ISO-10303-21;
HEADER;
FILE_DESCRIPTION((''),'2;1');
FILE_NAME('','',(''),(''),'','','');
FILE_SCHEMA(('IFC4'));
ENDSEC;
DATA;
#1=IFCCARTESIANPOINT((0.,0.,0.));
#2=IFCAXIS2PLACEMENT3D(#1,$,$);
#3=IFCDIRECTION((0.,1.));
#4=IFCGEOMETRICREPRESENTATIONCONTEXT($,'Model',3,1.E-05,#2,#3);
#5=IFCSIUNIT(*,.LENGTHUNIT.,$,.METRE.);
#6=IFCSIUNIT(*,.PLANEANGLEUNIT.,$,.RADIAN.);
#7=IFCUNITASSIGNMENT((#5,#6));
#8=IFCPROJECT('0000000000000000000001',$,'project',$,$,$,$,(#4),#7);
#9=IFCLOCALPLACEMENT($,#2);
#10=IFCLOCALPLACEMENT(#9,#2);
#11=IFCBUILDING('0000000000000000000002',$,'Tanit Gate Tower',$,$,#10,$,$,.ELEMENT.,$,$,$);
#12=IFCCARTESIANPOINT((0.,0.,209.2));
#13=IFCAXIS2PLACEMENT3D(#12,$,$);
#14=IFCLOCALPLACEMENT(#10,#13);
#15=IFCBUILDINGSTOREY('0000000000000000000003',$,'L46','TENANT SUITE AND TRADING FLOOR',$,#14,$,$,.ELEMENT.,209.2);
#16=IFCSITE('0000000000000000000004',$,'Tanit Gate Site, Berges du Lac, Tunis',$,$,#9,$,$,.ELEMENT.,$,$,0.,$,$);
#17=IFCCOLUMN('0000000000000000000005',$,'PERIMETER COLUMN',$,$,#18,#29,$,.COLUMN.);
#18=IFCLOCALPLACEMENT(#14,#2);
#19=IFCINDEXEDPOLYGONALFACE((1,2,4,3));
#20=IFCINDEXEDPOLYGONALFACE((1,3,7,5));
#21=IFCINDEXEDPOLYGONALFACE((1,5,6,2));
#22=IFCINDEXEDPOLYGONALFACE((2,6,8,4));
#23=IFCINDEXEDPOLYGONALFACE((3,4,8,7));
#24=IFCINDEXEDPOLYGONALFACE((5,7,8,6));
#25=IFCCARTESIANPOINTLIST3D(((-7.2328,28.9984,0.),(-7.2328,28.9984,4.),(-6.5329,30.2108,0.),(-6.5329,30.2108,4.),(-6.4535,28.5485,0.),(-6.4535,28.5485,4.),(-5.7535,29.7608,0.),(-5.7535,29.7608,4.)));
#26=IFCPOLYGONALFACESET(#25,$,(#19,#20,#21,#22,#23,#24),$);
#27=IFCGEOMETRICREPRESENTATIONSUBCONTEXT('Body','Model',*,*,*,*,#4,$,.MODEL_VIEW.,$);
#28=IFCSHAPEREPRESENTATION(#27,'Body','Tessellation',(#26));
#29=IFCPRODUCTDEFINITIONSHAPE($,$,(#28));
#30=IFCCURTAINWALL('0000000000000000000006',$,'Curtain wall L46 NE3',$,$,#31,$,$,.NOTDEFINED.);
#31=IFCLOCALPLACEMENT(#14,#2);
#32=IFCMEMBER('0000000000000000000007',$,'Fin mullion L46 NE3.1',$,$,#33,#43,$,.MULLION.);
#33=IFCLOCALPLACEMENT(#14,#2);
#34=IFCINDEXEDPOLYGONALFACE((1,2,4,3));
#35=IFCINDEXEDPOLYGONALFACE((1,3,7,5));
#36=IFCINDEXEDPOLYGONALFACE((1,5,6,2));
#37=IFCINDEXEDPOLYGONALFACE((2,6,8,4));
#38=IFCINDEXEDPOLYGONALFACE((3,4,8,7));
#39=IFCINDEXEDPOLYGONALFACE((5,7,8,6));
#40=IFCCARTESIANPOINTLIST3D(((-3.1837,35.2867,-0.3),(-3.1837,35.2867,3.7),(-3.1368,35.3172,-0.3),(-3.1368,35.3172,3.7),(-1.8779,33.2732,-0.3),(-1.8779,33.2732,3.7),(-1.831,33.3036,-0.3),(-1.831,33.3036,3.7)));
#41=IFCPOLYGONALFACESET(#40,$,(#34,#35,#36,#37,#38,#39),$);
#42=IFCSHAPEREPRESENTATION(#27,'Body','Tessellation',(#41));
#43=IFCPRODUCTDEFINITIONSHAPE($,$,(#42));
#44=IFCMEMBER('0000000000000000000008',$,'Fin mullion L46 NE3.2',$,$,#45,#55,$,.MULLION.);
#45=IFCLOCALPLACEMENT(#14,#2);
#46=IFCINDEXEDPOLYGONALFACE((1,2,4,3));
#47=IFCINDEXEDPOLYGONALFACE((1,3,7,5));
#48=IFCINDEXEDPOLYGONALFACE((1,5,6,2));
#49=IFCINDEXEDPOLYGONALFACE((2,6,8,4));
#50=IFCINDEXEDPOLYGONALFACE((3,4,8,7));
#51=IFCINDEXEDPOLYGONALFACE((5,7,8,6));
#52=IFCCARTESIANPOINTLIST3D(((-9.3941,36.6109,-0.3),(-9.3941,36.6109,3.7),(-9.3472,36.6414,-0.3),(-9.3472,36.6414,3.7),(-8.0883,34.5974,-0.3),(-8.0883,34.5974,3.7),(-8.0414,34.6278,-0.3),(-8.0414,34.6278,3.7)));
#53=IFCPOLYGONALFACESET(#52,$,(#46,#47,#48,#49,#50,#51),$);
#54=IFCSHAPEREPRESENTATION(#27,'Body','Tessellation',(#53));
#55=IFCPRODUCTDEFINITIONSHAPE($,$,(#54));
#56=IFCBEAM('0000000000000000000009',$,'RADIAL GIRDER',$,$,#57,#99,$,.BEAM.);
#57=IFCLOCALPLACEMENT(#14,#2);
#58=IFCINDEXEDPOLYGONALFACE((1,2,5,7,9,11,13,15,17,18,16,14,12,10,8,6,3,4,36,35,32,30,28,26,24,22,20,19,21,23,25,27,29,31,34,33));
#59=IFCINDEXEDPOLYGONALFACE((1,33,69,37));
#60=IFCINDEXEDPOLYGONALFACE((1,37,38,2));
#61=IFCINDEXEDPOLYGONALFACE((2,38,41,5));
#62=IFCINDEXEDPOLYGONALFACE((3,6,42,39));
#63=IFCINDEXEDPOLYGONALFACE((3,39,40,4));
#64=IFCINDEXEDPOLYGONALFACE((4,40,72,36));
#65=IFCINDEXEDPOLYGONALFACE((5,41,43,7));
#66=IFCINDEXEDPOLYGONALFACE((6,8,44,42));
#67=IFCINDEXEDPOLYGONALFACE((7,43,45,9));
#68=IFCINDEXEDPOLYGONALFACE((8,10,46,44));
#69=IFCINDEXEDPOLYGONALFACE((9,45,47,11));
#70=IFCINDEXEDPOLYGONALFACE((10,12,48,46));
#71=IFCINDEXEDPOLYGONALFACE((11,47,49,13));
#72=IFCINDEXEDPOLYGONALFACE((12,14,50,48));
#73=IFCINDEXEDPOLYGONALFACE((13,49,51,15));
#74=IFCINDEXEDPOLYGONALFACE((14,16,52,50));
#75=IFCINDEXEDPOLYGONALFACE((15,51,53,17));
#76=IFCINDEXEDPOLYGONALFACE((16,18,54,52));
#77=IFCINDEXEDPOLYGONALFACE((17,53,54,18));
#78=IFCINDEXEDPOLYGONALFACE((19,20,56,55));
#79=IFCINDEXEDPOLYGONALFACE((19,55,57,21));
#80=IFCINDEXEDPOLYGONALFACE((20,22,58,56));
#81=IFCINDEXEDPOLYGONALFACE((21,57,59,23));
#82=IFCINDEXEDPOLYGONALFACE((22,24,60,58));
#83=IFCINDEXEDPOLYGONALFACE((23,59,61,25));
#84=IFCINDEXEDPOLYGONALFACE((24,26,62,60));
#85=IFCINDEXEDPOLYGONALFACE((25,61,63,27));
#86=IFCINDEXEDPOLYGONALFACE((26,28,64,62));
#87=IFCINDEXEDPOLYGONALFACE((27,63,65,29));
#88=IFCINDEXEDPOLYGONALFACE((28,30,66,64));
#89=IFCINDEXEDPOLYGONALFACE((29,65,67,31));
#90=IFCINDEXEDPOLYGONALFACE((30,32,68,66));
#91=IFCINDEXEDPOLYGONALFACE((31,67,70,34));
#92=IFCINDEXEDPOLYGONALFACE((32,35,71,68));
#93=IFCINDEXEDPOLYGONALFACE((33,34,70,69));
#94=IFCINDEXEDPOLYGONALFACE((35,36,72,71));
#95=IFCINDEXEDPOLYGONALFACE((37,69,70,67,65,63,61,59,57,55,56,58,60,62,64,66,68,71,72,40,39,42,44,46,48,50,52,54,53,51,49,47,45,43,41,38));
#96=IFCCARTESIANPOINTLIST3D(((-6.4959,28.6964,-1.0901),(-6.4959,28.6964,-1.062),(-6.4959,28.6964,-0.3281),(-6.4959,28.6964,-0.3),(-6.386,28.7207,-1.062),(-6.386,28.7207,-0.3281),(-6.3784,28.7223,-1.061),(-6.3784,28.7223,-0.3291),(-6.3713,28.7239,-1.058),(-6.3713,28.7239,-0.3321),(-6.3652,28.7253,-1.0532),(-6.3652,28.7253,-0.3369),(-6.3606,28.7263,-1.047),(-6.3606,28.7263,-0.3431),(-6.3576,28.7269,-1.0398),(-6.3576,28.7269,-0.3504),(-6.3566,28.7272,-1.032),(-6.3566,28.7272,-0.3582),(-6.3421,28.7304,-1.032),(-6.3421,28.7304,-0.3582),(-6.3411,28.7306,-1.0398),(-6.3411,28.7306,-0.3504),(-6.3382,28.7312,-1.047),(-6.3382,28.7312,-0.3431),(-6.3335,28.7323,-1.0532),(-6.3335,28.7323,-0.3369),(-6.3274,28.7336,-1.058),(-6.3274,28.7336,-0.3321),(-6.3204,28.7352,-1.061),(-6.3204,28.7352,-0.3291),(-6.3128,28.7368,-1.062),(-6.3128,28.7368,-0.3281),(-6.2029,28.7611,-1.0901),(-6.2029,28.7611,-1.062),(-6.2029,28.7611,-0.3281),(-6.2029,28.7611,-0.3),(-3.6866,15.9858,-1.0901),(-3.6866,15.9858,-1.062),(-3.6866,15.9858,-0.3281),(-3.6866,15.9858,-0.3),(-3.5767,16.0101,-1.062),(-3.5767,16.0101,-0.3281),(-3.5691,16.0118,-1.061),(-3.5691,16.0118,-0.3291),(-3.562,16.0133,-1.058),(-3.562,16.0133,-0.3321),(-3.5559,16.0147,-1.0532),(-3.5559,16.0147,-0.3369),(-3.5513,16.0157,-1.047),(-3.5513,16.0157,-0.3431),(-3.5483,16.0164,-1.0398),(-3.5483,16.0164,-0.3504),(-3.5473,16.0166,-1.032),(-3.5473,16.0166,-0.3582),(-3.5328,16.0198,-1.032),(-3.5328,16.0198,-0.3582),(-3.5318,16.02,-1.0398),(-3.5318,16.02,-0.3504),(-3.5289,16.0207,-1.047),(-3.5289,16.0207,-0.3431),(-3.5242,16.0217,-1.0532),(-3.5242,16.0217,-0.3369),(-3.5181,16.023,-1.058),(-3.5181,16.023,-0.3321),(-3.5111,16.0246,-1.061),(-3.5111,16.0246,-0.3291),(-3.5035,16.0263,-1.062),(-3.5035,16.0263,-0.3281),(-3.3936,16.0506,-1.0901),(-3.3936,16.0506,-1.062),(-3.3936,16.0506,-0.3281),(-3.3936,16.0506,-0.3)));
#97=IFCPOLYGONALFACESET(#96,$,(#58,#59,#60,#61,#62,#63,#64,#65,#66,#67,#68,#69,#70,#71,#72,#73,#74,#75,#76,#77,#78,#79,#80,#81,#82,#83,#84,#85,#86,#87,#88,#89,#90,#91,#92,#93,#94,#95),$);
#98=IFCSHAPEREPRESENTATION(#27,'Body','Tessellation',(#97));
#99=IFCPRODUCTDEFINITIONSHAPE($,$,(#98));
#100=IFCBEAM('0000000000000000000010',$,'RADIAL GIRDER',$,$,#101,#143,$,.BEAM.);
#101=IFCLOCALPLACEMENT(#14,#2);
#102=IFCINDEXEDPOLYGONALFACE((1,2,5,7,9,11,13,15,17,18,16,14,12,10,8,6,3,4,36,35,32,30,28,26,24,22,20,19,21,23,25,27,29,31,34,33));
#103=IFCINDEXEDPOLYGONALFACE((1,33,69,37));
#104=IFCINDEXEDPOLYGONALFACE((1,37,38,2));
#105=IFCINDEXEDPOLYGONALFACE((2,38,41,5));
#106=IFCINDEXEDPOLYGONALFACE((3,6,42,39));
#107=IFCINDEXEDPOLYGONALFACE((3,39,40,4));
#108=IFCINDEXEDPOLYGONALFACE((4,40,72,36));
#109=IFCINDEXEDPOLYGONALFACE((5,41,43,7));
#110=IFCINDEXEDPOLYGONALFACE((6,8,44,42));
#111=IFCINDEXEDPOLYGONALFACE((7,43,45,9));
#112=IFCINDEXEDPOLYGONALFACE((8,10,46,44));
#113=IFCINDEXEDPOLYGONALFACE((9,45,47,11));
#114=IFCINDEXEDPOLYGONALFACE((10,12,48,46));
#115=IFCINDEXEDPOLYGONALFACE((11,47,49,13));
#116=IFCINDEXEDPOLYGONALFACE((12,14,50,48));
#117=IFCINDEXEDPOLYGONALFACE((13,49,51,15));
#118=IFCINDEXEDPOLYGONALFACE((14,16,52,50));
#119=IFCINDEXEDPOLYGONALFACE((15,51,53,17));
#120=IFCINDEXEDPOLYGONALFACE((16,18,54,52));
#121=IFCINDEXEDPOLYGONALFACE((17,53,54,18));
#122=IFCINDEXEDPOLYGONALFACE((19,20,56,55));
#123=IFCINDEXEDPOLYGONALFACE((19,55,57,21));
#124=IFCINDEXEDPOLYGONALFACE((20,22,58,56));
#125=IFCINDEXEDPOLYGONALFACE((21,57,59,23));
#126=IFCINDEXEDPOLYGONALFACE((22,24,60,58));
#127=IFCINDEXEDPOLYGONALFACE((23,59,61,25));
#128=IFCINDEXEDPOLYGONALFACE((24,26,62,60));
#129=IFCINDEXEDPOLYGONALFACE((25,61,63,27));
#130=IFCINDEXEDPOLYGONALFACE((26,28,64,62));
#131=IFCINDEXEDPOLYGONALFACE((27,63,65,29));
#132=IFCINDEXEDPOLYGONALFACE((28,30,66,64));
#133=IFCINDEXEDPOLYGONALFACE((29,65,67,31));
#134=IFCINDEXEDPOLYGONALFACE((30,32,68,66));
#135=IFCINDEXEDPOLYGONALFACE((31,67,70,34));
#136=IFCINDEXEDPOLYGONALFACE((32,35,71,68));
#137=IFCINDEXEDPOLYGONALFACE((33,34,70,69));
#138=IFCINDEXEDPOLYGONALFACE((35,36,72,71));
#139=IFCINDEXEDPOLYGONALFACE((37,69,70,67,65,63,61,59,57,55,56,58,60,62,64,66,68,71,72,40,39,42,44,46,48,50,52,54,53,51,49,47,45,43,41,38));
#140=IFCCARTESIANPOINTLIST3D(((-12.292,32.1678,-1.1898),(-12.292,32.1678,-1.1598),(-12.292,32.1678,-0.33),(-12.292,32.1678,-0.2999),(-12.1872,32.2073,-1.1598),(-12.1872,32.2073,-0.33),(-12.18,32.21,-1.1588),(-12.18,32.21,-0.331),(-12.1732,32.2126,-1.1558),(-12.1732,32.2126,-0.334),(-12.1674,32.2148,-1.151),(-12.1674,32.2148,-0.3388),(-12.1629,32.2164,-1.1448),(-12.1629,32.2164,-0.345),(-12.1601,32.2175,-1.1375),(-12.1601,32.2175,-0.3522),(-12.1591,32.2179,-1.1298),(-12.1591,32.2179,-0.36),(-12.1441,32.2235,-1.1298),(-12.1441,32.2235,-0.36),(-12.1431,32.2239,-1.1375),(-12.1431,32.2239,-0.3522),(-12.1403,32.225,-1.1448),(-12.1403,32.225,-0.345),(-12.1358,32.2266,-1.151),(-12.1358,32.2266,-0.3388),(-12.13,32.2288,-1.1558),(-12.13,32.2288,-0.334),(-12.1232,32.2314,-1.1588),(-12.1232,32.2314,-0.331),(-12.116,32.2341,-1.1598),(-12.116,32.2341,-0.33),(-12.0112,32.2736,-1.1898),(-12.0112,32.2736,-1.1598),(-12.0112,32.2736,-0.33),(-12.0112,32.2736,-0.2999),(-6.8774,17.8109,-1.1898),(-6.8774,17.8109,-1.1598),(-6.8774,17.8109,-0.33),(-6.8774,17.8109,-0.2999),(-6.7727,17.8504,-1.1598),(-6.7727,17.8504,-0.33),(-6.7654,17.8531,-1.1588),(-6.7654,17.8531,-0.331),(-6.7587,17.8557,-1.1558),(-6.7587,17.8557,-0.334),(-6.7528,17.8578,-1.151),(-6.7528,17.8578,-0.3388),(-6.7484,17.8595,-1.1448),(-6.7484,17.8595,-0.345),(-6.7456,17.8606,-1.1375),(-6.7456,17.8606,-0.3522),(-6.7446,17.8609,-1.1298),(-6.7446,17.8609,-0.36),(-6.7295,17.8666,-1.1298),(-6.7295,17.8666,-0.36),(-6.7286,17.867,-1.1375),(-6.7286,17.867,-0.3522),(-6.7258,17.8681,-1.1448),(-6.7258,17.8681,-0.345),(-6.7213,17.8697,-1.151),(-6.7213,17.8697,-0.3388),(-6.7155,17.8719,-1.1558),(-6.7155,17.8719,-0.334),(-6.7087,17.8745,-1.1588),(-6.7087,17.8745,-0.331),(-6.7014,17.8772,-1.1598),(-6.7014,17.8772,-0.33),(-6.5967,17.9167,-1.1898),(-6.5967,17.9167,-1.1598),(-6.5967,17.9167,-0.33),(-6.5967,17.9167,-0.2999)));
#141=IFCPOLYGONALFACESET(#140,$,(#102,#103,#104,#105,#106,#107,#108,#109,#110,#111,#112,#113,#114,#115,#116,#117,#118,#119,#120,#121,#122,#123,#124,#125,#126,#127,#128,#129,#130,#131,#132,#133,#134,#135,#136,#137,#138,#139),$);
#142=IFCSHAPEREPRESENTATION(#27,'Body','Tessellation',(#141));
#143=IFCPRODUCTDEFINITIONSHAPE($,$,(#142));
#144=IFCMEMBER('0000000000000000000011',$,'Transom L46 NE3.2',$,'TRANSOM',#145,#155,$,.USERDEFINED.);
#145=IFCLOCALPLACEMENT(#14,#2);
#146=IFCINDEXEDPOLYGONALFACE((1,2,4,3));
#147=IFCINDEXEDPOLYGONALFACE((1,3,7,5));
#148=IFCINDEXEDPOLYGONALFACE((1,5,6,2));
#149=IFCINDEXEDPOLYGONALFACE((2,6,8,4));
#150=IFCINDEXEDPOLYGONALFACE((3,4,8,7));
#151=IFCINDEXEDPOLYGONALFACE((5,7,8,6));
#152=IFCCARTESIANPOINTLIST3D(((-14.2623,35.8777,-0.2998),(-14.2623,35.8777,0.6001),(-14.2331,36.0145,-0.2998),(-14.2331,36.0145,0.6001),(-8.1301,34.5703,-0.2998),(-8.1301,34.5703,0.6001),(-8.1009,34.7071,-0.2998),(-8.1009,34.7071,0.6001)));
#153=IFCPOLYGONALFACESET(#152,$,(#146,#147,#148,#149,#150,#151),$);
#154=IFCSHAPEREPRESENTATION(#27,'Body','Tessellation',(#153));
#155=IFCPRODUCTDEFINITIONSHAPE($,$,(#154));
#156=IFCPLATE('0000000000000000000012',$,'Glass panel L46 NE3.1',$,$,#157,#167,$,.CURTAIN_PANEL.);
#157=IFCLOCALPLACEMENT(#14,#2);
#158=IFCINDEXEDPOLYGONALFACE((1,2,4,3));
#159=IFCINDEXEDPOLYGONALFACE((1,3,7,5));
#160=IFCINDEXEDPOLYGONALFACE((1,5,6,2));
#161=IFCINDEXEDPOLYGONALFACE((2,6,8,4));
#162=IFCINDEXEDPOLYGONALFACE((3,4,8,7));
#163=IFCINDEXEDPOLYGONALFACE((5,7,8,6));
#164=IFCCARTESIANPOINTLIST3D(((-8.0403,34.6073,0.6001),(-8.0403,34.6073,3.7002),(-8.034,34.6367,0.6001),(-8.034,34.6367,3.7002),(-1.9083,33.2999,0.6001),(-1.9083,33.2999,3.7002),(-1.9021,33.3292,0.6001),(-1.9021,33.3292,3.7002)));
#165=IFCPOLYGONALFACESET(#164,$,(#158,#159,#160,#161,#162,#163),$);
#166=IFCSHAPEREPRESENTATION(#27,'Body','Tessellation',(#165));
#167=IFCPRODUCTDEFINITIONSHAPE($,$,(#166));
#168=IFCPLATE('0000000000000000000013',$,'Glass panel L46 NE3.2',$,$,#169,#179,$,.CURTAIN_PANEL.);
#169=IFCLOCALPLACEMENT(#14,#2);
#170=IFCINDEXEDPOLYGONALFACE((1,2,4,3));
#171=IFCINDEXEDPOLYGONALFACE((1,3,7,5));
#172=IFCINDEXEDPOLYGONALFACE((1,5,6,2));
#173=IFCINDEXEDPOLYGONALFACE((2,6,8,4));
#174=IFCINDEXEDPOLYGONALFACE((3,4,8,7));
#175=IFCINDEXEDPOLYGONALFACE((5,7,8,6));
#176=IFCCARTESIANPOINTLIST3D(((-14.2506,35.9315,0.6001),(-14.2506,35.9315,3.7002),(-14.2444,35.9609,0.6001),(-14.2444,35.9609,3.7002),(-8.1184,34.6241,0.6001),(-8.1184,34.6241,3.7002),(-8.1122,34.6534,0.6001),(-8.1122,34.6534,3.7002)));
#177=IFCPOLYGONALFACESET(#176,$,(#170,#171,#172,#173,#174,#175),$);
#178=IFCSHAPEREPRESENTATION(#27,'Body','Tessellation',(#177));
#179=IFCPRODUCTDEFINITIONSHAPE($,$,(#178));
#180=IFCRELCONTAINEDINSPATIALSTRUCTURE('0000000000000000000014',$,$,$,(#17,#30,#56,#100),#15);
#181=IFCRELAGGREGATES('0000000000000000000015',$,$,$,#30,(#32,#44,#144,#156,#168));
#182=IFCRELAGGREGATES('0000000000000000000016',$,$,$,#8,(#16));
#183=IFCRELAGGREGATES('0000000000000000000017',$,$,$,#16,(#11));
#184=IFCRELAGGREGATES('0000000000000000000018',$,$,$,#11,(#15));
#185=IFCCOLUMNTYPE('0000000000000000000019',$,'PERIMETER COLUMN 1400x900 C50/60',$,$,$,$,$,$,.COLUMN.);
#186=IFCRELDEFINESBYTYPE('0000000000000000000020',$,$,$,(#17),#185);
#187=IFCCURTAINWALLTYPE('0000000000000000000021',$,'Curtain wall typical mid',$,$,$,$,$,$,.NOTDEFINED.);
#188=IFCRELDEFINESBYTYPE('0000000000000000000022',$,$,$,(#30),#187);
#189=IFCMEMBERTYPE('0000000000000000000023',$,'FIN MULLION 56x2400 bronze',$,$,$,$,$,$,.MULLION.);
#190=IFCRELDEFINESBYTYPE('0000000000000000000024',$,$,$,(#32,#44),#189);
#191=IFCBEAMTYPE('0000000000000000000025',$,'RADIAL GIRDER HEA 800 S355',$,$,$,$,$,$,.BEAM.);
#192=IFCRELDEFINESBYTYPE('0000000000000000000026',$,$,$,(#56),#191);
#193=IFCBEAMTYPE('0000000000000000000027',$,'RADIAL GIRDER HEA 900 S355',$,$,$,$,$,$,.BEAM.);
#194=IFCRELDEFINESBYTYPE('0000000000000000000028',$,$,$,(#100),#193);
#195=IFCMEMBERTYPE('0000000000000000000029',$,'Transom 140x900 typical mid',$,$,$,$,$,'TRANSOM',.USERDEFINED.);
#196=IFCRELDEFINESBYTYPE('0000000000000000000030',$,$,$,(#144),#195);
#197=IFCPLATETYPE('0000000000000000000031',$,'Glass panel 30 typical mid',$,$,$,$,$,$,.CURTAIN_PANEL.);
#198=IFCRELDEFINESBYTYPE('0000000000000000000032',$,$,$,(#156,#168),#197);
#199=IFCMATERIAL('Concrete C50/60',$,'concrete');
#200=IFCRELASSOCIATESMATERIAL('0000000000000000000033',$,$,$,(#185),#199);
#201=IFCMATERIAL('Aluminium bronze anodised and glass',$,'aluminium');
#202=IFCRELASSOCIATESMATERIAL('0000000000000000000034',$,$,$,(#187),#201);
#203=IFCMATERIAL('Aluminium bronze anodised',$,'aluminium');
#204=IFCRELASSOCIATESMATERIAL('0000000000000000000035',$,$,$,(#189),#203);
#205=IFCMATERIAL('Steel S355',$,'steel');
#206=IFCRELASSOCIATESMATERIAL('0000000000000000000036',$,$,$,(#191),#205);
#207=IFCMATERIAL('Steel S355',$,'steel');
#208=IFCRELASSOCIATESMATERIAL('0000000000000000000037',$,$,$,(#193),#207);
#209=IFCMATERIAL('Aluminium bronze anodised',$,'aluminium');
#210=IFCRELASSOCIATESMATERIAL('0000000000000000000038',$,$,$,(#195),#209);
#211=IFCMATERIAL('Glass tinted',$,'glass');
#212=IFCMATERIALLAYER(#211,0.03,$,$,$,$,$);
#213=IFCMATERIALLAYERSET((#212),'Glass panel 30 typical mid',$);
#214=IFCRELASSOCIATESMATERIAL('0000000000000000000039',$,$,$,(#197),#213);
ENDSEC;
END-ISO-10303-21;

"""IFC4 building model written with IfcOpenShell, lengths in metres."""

from ifc_helpers import new_model, si_unit, direction, frame, origin, origin_2d, place, context, subcontext, project, spatial, rectangle, i_section, extrude, material, layer, layer_set, material_profile, profile_set, type_object, element, aggregate, save


model = new_model("IFC4")

# Units and contexts
model_context = context("Model", 3, precision=1e-05, world=origin(), true_north=direction((0.0, 1.0)))
body_context = subcontext(model_context, "Body", "Model", "MODEL_VIEW")
ifc_project = project(units=[si_unit("LENGTHUNIT", "METRE"), si_unit("PLANEANGLEUNIT", "RADIAN")], contexts=[model_context])

# Site, building, storey
site_placement = place(None, origin())
site = spatial("IfcSite", under=ifc_project, at=site_placement, Name="Tanit Gate Site, Berges du Lac, Tunis", CompositionType="ELEMENT", RefElevation=0.0)
building_placement = place(site_placement, origin())
building = spatial("IfcBuilding", under=site, at=building_placement, Name="Tanit Gate Tower", CompositionType="ELEMENT")
storey_placement = place(building_placement, frame((0.0, 0.0, 209.2)))
storey = spatial("IfcBuildingStorey", under=building, at=storey_placement, Name="L46", Description="TENANT SUITE AND TRADING FLOOR", CompositionType="ELEMENT", Elevation=209.2)

# Column
ifc_material_1 = material(Name="Concrete C50/60", Category="concrete")
ifc_material_profile_1 = material_profile(ifc_material_1, rectangle(XDim=1.3999, YDim=0.8999, at=origin_2d()), Name="RC 1400x900")
ifc_profile_set_1 = profile_set([ifc_material_profile_1], Name="Concrete C50/60")
column_type = type_object("IfcColumnType", Name="PERIMETER COLUMN 1400x900 C50/60", PredefinedType="COLUMN", material=ifc_profile_set_1)
column_placement = place(storey_placement, frame((-6.4932, 29.3796, 0.0), z_axis=(0.0, 0.0, 1.0), x_axis=(0.5, 0.866025, 0.0)))
element("IfcColumn", 1, at=column_placement, inside=storey, type_object=column_type, Name="PERIMETER COLUMN", PredefinedType="COLUMN", context=body_context, shape_type="SweptSolid", body=[
    extrude(rectangle(XDim=1.3999, YDim=0.8999, at=origin_2d()), origin(), (0.0, 0.0, 1.0), 4.0),
])

# Curtain wall, members
ifc_material_2 = material(Name="Aluminium bronze anodised and glass", Category="aluminium")
curtain_wall_type = type_object("IfcCurtainWallType", Name="Curtain wall typical mid", PredefinedType="NOTDEFINED", material=ifc_material_2)
curtain_wall_placement = place(storey_placement, origin())
curtain_wall = element("IfcCurtainWall", 2, at=curtain_wall_placement, inside=storey, type_object=curtain_wall_type, Name="Curtain wall L46 NE3", PredefinedType="NOTDEFINED")
ifc_material_3 = material(Name="Aluminium bronze anodised", Category="aluminium")
ifc_material_profile_2 = material_profile(ifc_material_3, rectangle(XDim=2.3999, YDim=0.0559, at=origin_2d()), Name="56x2400 bronze fin mullion")
ifc_profile_set_2 = profile_set([ifc_material_profile_2], Name="Aluminium bronze anodised")
member_type_1 = type_object("IfcMemberType", Name="FIN MULLION 56x2400 bronze", PredefinedType="MULLION", material=ifc_profile_set_2)
member_1_placement = place(storey_placement, frame((-2.5073, 34.2952, -0.3), z_axis=(0.0, 0.0, 1.0), x_axis=(0.544112, -0.839013, 0.0)))
member_1 = element("IfcMember", 3, at=member_1_placement, type_object=member_type_1, Name="Fin mullion L46 NE3.1", PredefinedType="MULLION", context=body_context, shape_type="SweptSolid", body=[
    extrude(rectangle(XDim=2.3999, YDim=0.0559, at=origin_2d()), origin(), (0.0, 0.0, 1.0), 4.0),
])
member_2_placement = place(storey_placement, frame((-8.7178, 35.6194, -0.3), z_axis=(0.0, 0.0, 1.0), x_axis=(0.544112, -0.839013, 0.0)))
member_2 = element("IfcMember", 4, at=member_2_placement, type_object=member_type_1, Name="Fin mullion L46 NE3.2", PredefinedType="MULLION", context=body_context, shape_type="SweptSolid", body=[
    extrude(rectangle(XDim=2.3999, YDim=0.0559, at=origin_2d()), origin(), (0.0, 0.0, 1.0), 4.0),
])

# Beams
ifc_material_4 = material(Name="Steel S355", Category="steel")
ifc_material_profile_3 = material_profile(ifc_material_4, i_section(OverallWidth=0.3, OverallDepth=0.79, WebThickness=0.0149, FlangeThickness=0.0281, FilletRadius=0.03, at=origin_2d()), Name="HEA 800")
ifc_profile_set_3 = profile_set([ifc_material_profile_3], Name="Steel S355")
beam_type_1 = type_object("IfcBeamType", Name="RADIAL GIRDER HEA 800 S355", PredefinedType="BEAM", material=ifc_profile_set_3)
beam_1_placement = place(storey_placement, frame((-6.3494, 28.7288, -0.6951), z_axis=(0.215812, -0.976435, 0.0), x_axis=(0.976435, 0.215812, 0.0)))
element("IfcBeam", 5, at=beam_1_placement, inside=storey, type_object=beam_type_1, Name="RADIAL GIRDER", PredefinedType="BEAM", context=body_context, shape_type="SweptSolid", body=[
    extrude(i_section(OverallWidth=0.3, OverallDepth=0.79, WebThickness=0.0149, FlangeThickness=0.0281, FilletRadius=0.03, at=origin_2d()), origin(), (0.0, 0.0, 1.0), 13.0173),
])
ifc_material_5 = material(Name="Steel S355", Category="steel")
ifc_material_profile_4 = material_profile(ifc_material_5, i_section(OverallWidth=0.3, OverallDepth=0.8899, WebThickness=0.0161, FlangeThickness=0.03, FilletRadius=0.03, at=origin_2d()), Name="HEA 900")
ifc_profile_set_4 = profile_set([ifc_material_profile_4], Name="Steel S355")
beam_type_2 = type_object("IfcBeamType", Name="RADIAL GIRDER HEA 900 S355", PredefinedType="BEAM", material=ifc_profile_set_4)
beam_2_placement = place(storey_placement, frame((-12.1516, 32.2207, -0.7449), z_axis=(0.352877, -0.93567, 0.0), x_axis=(0.93567, 0.352877, 0.0)))
element("IfcBeam", 6, at=beam_2_placement, inside=storey, type_object=beam_type_2, Name="RADIAL GIRDER", PredefinedType="BEAM", context=body_context, shape_type="SweptSolid", body=[
    extrude(i_section(OverallWidth=0.3, OverallDepth=0.8899, WebThickness=0.0161, FlangeThickness=0.03, FilletRadius=0.03, at=origin_2d()), origin(), (0.0, 0.0, 1.0), 15.344),
])

# Member
ifc_material_6 = material(Name="Aluminium bronze anodised", Category="aluminium")
ifc_material_profile_5 = material_profile(ifc_material_6, rectangle(XDim=0.1399, YDim=0.8999, at=origin_2d()), Name="140x900 bronze transom")
ifc_profile_set_5 = profile_set([ifc_material_profile_5], Name="Aluminium bronze anodised")
member_type_2 = type_object("IfcMemberType", Name="Transom 140x900 typical mid", ElementType="TRANSOM", PredefinedType="USERDEFINED", material=ifc_profile_set_5)
member_3_placement = place(storey_placement, frame((-8.1155, 34.6387, 0.1501), z_axis=(-0.978019, 0.208516, 0.0), x_axis=(-0.208516, -0.978019, 0.0)))
member_3 = element("IfcMember", 7, at=member_3_placement, type_object=member_type_2, Name="Transom L46 NE3.2", ObjectType="TRANSOM", PredefinedType="USERDEFINED", context=body_context, shape_type="SweptSolid", body=[
    extrude(rectangle(XDim=0.1399, YDim=0.8999, at=origin_2d()), origin(), (0.0, 0.0, 1.0), 6.27),
])

# Plates
ifc_material_7 = material(Name="Glass tinted", Category="glass")
ifc_layer_1 = layer(ifc_material_7, 0.03)
ifc_layer_set_1 = layer_set([ifc_layer_1], Name="Glass panel 30 typical mid")
plate_type = type_object("IfcPlateType", Name="Glass panel 30 typical mid", PredefinedType="CURTAIN_PANEL", material=ifc_layer_set_1)
plate_1_placement = place(storey_placement, frame((-4.9712, 33.9683, 0.6001), z_axis=(0.0, 0.0, 1.0), x_axis=(-0.978017, 0.208527, 0.0)))
plate_1 = element("IfcPlate", 8, at=plate_1_placement, type_object=plate_type, Name="Glass panel L46 NE3.1", PredefinedType="CURTAIN_PANEL", context=body_context, shape_type="SweptSolid", body=[
    extrude(rectangle(XDim=6.2698, YDim=0.03, at=origin_2d()), origin(), (0.0, 0.0, 1.0), 3.1001),
])
plate_2_placement = place(storey_placement, frame((-11.1814, 35.2925, 0.6001), z_axis=(0.0, 0.0, 1.0), x_axis=(-0.978017, 0.208527, 0.0)))
plate_2 = element("IfcPlate", 9, at=plate_2_placement, type_object=plate_type, Name="Glass panel L46 NE3.2", PredefinedType="CURTAIN_PANEL", context=body_context, shape_type="SweptSolid", body=[
    extrude(rectangle(XDim=6.27, YDim=0.03, at=origin_2d()), origin(), (0.0, 0.0, 1.0), 3.1001),
])
aggregate(curtain_wall, [member_1, member_2, member_3, plate_1, plate_2])

save(model, "model.ifc")
